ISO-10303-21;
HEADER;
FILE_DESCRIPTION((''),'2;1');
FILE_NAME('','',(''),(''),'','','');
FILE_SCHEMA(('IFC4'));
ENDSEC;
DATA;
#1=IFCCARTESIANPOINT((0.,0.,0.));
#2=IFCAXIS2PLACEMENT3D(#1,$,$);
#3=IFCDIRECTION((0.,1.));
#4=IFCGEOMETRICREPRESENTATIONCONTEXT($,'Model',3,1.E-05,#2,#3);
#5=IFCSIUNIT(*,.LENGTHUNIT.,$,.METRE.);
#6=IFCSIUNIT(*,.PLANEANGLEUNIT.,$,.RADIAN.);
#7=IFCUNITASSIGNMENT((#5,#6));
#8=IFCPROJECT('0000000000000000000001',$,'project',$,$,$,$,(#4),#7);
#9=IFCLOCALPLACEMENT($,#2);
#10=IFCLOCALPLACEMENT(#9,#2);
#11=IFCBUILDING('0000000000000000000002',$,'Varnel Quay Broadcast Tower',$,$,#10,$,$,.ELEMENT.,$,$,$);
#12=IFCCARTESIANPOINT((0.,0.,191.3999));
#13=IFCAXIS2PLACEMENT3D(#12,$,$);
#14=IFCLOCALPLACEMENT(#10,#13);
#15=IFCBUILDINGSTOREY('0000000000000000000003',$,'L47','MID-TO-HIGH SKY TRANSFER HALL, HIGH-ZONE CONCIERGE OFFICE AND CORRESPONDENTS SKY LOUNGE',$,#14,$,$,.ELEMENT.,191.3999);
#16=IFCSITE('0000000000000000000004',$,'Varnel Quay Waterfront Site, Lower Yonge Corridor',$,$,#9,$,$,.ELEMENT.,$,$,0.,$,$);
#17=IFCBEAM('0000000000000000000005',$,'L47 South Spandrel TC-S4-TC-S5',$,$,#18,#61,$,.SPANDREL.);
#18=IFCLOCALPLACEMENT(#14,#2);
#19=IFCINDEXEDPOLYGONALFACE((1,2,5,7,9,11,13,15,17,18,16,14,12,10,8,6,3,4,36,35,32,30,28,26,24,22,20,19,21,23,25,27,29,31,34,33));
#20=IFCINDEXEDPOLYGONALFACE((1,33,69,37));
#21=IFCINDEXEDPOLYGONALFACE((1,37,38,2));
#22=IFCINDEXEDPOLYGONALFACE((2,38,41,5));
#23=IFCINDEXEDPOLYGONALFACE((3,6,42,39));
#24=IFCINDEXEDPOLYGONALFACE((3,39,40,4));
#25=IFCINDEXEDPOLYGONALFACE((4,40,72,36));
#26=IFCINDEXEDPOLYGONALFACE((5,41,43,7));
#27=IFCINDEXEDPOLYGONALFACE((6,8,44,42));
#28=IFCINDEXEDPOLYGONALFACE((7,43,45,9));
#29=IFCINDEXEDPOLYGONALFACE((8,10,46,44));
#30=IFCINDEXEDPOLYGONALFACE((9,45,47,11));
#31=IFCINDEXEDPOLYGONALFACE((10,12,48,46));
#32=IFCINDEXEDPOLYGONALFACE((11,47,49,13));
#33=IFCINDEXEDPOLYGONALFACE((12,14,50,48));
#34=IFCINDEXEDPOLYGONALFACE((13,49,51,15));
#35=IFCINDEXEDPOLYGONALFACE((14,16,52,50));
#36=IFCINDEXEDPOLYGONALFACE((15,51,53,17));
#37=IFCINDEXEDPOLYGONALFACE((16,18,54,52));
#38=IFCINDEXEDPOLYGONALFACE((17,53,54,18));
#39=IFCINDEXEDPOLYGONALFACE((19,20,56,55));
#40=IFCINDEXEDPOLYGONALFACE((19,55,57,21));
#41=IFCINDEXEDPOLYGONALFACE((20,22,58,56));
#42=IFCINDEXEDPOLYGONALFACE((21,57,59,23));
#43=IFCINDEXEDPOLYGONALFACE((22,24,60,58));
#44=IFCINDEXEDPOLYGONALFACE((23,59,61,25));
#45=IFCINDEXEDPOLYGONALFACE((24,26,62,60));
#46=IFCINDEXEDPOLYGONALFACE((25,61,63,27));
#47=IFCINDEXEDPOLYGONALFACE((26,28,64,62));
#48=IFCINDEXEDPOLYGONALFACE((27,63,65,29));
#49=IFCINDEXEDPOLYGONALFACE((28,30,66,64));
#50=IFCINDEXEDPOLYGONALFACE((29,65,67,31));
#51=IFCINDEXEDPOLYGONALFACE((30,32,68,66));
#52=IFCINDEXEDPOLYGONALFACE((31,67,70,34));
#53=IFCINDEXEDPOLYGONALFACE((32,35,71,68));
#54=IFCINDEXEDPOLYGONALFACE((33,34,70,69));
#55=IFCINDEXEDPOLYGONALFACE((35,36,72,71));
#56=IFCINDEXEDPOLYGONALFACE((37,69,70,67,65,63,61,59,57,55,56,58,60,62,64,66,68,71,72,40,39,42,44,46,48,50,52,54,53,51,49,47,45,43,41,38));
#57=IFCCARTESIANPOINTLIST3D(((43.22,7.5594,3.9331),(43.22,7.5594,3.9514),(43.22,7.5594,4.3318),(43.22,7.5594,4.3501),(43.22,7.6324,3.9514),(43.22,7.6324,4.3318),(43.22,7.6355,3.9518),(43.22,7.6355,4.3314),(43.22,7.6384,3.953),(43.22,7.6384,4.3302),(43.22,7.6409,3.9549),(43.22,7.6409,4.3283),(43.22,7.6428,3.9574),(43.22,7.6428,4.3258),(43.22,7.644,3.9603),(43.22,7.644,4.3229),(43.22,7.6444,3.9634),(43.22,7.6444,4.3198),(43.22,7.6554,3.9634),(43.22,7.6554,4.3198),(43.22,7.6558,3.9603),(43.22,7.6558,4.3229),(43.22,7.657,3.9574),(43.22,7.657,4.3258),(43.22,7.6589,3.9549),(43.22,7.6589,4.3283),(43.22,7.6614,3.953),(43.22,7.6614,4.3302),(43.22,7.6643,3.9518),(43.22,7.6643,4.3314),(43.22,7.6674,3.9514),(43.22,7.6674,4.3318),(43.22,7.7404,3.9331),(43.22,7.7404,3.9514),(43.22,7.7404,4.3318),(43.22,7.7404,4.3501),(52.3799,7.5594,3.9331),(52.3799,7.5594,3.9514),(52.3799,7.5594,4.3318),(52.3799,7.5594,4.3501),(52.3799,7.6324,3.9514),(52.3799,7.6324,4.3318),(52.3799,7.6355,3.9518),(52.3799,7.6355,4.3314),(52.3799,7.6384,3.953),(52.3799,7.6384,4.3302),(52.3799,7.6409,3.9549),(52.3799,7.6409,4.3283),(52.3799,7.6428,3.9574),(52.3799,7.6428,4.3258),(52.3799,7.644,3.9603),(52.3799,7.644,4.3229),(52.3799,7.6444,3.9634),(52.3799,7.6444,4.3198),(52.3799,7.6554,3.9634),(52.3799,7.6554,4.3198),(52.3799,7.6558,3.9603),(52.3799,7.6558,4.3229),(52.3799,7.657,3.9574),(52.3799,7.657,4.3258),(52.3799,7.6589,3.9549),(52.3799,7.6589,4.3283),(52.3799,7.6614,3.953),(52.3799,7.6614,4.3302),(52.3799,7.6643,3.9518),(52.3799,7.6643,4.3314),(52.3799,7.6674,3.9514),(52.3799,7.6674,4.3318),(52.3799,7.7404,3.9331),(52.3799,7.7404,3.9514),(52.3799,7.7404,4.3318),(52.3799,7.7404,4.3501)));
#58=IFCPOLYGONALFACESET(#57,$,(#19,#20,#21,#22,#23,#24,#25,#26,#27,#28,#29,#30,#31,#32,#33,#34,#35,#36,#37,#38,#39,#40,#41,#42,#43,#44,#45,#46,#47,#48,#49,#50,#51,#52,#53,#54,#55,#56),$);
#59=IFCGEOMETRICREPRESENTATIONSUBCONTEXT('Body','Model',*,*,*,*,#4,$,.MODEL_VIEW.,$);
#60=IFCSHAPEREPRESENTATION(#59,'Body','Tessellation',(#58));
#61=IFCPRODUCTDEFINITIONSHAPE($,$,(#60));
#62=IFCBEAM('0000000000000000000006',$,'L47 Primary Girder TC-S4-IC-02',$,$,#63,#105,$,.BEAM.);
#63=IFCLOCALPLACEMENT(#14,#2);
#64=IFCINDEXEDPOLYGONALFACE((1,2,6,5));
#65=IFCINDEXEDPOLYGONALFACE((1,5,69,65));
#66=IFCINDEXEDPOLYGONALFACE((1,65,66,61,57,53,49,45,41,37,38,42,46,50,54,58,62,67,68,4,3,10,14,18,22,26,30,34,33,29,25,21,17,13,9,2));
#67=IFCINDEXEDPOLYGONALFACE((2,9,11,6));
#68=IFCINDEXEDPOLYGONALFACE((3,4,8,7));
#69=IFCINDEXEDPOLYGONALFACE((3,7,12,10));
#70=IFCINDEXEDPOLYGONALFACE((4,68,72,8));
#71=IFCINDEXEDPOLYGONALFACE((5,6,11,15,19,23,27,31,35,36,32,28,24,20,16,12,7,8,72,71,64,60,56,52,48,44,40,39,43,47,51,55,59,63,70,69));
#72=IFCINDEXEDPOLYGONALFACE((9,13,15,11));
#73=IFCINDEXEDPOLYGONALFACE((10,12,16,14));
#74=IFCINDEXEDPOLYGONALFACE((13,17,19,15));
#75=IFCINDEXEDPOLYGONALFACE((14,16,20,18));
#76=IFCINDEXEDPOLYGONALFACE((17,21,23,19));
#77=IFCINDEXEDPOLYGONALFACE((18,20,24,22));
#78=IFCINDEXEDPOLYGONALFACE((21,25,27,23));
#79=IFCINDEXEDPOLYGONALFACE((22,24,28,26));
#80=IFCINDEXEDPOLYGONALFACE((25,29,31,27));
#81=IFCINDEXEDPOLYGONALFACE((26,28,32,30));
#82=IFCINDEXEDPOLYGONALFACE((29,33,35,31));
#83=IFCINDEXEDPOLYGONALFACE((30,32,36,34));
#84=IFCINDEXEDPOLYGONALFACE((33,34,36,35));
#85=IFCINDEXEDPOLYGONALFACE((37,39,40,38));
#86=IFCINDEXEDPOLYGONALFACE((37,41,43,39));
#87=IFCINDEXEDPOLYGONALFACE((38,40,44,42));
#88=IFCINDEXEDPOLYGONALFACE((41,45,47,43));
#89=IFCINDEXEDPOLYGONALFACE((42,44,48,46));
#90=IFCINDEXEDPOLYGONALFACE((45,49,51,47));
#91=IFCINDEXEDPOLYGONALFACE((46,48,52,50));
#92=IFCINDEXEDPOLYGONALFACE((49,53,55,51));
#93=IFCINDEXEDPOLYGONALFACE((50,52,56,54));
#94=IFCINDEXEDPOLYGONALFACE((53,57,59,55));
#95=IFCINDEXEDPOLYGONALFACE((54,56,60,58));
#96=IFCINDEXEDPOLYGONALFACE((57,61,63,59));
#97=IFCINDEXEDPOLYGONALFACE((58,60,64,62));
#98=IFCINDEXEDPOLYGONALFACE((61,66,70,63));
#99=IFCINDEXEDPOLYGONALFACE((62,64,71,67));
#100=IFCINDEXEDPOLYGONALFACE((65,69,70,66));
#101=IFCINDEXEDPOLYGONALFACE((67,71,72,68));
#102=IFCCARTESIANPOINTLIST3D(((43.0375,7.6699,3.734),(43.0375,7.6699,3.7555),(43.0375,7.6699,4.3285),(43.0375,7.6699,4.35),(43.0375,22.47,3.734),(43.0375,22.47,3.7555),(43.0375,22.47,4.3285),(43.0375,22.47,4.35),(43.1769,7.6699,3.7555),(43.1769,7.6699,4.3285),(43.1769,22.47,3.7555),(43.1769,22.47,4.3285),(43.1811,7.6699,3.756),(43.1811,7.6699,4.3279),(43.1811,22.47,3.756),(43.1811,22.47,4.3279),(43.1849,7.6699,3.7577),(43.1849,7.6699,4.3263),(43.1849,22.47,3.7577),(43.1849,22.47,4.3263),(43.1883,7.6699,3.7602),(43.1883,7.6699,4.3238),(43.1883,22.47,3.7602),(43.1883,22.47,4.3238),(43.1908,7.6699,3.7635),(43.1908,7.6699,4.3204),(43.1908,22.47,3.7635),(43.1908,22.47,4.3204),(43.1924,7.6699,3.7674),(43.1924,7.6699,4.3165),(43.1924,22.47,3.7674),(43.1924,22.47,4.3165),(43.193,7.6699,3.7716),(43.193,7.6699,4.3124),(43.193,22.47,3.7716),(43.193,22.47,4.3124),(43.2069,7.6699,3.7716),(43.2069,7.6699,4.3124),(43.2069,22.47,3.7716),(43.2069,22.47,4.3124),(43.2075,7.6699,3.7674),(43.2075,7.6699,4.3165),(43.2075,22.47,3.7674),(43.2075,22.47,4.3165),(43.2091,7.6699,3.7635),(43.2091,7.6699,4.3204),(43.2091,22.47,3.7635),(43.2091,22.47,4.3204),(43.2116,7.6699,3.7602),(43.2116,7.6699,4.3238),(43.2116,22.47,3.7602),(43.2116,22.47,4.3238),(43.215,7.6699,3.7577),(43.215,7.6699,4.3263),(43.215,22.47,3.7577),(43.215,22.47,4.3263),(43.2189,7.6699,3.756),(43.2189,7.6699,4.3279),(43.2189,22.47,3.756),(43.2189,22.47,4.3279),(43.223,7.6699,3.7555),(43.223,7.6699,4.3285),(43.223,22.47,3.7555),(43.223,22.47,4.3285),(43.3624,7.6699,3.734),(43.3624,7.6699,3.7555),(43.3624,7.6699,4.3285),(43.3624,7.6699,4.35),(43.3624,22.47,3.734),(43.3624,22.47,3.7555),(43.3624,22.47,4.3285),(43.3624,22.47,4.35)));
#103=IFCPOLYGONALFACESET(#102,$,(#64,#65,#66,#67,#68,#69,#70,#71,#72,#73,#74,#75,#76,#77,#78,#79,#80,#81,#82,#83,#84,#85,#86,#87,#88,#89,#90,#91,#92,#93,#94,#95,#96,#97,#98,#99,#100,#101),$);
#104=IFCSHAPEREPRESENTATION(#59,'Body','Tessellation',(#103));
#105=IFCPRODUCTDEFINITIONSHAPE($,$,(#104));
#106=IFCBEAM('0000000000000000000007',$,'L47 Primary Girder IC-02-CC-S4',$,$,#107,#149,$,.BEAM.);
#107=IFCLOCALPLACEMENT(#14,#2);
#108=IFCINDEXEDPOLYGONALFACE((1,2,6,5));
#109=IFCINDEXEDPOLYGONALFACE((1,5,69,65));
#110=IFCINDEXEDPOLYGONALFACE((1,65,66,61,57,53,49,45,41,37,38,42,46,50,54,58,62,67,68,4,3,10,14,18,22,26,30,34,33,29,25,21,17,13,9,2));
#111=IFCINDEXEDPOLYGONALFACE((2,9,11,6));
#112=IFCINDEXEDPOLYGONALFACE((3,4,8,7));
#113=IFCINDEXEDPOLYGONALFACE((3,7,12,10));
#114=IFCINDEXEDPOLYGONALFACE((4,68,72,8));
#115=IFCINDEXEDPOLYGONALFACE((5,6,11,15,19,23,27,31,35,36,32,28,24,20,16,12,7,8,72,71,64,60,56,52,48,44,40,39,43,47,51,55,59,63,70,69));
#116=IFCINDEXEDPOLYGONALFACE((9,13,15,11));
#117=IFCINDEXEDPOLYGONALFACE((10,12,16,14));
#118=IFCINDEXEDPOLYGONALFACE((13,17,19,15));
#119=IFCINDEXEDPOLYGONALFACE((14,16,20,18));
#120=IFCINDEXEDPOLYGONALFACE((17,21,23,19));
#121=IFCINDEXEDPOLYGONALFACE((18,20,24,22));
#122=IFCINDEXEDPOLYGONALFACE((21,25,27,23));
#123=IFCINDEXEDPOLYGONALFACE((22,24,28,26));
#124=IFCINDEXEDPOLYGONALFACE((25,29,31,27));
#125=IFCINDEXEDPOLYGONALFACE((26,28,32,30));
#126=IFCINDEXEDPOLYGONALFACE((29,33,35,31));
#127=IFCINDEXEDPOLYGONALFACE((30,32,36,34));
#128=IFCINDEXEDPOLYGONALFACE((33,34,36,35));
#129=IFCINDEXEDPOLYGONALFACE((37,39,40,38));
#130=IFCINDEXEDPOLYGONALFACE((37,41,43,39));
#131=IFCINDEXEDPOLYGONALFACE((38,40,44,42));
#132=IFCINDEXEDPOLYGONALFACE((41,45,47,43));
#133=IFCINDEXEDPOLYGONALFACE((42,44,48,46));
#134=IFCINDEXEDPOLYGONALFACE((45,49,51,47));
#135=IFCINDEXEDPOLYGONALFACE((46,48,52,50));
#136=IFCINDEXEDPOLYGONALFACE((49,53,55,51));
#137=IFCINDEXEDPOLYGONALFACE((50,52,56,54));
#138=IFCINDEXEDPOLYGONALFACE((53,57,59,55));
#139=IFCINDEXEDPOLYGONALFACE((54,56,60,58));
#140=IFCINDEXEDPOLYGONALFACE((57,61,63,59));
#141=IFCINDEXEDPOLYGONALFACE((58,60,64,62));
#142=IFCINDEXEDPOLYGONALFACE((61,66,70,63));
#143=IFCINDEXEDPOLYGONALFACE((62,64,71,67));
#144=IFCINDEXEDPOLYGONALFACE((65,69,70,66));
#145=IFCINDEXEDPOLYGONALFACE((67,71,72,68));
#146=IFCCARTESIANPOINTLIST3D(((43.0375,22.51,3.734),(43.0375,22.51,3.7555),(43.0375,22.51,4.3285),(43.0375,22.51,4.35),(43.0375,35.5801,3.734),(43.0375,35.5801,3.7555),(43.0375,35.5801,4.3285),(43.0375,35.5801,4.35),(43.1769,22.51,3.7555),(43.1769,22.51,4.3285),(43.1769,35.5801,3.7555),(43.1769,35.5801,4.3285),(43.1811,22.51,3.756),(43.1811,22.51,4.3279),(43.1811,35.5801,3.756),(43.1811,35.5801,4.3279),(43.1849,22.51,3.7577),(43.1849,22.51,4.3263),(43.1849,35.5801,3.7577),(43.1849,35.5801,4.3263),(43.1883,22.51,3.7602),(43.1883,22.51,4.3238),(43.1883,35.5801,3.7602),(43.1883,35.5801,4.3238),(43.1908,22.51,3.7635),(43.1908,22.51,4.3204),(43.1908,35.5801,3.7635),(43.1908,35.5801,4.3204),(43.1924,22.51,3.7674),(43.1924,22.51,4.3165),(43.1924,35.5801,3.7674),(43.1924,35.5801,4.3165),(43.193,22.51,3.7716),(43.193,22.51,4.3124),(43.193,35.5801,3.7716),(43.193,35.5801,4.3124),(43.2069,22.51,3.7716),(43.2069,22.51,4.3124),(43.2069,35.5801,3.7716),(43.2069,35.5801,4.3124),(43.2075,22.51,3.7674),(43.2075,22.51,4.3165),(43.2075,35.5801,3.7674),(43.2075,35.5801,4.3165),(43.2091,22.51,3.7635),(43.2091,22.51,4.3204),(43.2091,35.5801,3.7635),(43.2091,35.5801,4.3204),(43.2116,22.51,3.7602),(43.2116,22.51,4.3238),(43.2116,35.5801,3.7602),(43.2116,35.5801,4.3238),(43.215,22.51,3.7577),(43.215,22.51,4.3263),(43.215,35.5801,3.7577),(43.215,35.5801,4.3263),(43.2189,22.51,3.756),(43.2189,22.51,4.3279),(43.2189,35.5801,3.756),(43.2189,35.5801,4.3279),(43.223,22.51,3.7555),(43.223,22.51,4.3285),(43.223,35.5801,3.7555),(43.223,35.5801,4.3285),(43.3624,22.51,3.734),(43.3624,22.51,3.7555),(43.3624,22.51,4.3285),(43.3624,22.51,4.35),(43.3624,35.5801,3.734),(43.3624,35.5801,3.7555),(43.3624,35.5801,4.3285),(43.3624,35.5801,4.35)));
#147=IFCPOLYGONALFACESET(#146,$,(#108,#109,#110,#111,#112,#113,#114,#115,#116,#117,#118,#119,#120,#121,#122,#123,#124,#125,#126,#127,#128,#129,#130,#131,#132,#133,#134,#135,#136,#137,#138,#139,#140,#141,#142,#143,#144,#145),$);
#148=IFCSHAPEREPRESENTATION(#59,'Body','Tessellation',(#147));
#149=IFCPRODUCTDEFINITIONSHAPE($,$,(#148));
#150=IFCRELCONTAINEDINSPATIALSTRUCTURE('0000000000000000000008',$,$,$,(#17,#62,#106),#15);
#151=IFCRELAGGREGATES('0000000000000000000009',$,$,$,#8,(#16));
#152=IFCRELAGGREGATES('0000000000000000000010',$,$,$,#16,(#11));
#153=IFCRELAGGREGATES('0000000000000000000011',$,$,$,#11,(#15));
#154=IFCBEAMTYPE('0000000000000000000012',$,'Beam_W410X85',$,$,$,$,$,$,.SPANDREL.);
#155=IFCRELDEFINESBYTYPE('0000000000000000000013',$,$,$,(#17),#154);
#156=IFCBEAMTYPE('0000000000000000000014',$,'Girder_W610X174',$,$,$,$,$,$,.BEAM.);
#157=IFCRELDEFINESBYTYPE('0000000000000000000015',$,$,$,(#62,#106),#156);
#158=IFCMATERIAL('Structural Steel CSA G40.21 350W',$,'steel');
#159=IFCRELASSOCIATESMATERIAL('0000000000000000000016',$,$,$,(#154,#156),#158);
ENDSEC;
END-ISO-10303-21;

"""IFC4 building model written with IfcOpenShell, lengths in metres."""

from ifc_helpers import new_model, si_unit, direction, frame, origin, origin_2d, place, context, subcontext, project, spatial, i_section, extrude, source, transform, mapped, material, material_profile, profile_set, type_object, type_shapes, element, save


model = new_model("IFC4")

# Units and contexts
model_context = context("Model", 3, precision=1e-05, world=origin(), true_north=direction((0.0, 1.0)))
body_context = subcontext(model_context, "Body", "Model", "MODEL_VIEW")
ifc_project = project(units=[si_unit("LENGTHUNIT", "METRE"), si_unit("PLANEANGLEUNIT", "RADIAN")], contexts=[model_context])

# Site, building, storey
site_placement = place(None, origin())
site = spatial("IfcSite", under=ifc_project, at=site_placement, Name="Varnel Quay Waterfront Site, Lower Yonge Corridor", CompositionType="ELEMENT", RefElevation=0.0)
building_placement = place(site_placement, origin())
building = spatial("IfcBuilding", under=site, at=building_placement, Name="Varnel Quay Broadcast Tower", CompositionType="ELEMENT")
storey_placement = place(building_placement, frame((0.0, 0.0, 191.3999)))
storey = spatial("IfcBuildingStorey", under=building, at=storey_placement, Name="L47", Description="MID-TO-HIGH SKY TRANSFER HALL, HIGH-ZONE CONCIERGE OFFICE AND CORRESPONDENTS SKY LOUNGE", CompositionType="ELEMENT", Elevation=191.3999)

# Shared definitions
ifc_material_1 = material(Name="Structural Steel CSA G40.21 350W", Category="steel")

# Beams
ifc_material_profile_1 = material_profile(ifc_material_1, i_section(OverallWidth=0.1809, OverallDepth=0.417, WebThickness=0.011, FlangeThickness=0.0183, FilletRadius=0.012, at=origin_2d()), Name="W410X85")
ifc_profile_set_1 = profile_set([ifc_material_profile_1], Name="Structural Steel CSA G40.21 350W")
beam_type_1 = type_object("IfcBeamType", Name="Beam_W410X85", PredefinedType="SPANDREL", material=ifc_profile_set_1)
shared_shape_1 = source(origin(), body_context, "Body", "SweptSolid", [
    extrude(i_section(OverallWidth=0.1809, OverallDepth=0.417, WebThickness=0.011, FlangeThickness=0.0183, FilletRadius=0.012, at=origin_2d()), origin(), (0.0, 0.0, 1.0), 9.1599),
])
type_shapes(beam_type_1, [shared_shape_1])
for number, where, z_axis, x_axis, name in (
    (1, (43.22, 7.6499, 4.1416), (1.0, 0.0, 0.0), (0.0, 1.0, 0.0), "L47 South Spandrel TC-S4-TC-S5"),
):
    element("IfcBeam", number, at=place(storey_placement, frame(where, z_axis=z_axis, x_axis=x_axis)), inside=storey, type_object=beam_type_1, Name=name, PredefinedType="SPANDREL", context=body_context, shape_type="MappedRepresentation", body=[
        mapped(shared_shape_1, transform((0.0, 0.0, 0.0), x_axis=(1.0, 0.0, 0.0), y_axis=(0.0, 1.0, 0.0), z_axis=(0.0, 0.0, 1.0), scale=1.0)),
    ])
ifc_material_profile_2 = material_profile(ifc_material_1, i_section(OverallWidth=0.325, OverallDepth=0.616, WebThickness=0.0139, FlangeThickness=0.0215, FilletRadius=0.0161, at=origin_2d()), Name="W610X174")
ifc_profile_set_2 = profile_set([ifc_material_profile_2], Name="Structural Steel CSA G40.21 350W")
beam_type_2 = type_object("IfcBeamType", Name="Girder_W610X174", PredefinedType="BEAM", material=ifc_profile_set_2)
shared_shape_2 = source(origin(), body_context, "Body", "SweptSolid", [
    extrude(i_section(OverallWidth=0.325, OverallDepth=0.616, WebThickness=0.0139, FlangeThickness=0.0215, FilletRadius=0.0161, at=origin_2d()), origin(), (0.0, 0.0, 1.0), 14.8),
])
beam_1_placement = place(storey_placement, frame((43.2, 7.6699, 4.042), z_axis=(0.0, 1.0, 0.0), x_axis=(-1.0, 0.0, 0.0)))
element("IfcBeam", 2, at=beam_1_placement, inside=storey, type_object=beam_type_2, Name="L47 Primary Girder TC-S4-IC-02", PredefinedType="BEAM", context=body_context, shape_type="MappedRepresentation", body=[
    mapped(shared_shape_2, transform((0.0, 0.0, 0.0), x_axis=(1.0, 0.0, 0.0), y_axis=(0.0, 1.0, 0.0), z_axis=(0.0, 0.0, 1.0), scale=1.0)),
])
shared_shape_3 = source(origin(), body_context, "Body", "SweptSolid", [
    extrude(i_section(OverallWidth=0.325, OverallDepth=0.616, WebThickness=0.0139, FlangeThickness=0.0215, FilletRadius=0.0161, at=origin_2d()), origin(), (0.0, 0.0, 1.0), 13.0701),
])
beam_2_placement = place(storey_placement, frame((43.2, 22.51, 4.042), z_axis=(0.0, 1.0, 0.0), x_axis=(-1.0, 0.0, 0.0)))
element("IfcBeam", 3, at=beam_2_placement, inside=storey, type_object=beam_type_2, Name="L47 Primary Girder IC-02-CC-S4", PredefinedType="BEAM", context=body_context, shape_type="MappedRepresentation", body=[
    mapped(shared_shape_3, transform((0.0, 0.0, 0.0), x_axis=(1.0, 0.0, 0.0), y_axis=(0.0, 1.0, 0.0), z_axis=(0.0, 0.0, 1.0), scale=1.0)),
])

save(model, "model.ifc")
